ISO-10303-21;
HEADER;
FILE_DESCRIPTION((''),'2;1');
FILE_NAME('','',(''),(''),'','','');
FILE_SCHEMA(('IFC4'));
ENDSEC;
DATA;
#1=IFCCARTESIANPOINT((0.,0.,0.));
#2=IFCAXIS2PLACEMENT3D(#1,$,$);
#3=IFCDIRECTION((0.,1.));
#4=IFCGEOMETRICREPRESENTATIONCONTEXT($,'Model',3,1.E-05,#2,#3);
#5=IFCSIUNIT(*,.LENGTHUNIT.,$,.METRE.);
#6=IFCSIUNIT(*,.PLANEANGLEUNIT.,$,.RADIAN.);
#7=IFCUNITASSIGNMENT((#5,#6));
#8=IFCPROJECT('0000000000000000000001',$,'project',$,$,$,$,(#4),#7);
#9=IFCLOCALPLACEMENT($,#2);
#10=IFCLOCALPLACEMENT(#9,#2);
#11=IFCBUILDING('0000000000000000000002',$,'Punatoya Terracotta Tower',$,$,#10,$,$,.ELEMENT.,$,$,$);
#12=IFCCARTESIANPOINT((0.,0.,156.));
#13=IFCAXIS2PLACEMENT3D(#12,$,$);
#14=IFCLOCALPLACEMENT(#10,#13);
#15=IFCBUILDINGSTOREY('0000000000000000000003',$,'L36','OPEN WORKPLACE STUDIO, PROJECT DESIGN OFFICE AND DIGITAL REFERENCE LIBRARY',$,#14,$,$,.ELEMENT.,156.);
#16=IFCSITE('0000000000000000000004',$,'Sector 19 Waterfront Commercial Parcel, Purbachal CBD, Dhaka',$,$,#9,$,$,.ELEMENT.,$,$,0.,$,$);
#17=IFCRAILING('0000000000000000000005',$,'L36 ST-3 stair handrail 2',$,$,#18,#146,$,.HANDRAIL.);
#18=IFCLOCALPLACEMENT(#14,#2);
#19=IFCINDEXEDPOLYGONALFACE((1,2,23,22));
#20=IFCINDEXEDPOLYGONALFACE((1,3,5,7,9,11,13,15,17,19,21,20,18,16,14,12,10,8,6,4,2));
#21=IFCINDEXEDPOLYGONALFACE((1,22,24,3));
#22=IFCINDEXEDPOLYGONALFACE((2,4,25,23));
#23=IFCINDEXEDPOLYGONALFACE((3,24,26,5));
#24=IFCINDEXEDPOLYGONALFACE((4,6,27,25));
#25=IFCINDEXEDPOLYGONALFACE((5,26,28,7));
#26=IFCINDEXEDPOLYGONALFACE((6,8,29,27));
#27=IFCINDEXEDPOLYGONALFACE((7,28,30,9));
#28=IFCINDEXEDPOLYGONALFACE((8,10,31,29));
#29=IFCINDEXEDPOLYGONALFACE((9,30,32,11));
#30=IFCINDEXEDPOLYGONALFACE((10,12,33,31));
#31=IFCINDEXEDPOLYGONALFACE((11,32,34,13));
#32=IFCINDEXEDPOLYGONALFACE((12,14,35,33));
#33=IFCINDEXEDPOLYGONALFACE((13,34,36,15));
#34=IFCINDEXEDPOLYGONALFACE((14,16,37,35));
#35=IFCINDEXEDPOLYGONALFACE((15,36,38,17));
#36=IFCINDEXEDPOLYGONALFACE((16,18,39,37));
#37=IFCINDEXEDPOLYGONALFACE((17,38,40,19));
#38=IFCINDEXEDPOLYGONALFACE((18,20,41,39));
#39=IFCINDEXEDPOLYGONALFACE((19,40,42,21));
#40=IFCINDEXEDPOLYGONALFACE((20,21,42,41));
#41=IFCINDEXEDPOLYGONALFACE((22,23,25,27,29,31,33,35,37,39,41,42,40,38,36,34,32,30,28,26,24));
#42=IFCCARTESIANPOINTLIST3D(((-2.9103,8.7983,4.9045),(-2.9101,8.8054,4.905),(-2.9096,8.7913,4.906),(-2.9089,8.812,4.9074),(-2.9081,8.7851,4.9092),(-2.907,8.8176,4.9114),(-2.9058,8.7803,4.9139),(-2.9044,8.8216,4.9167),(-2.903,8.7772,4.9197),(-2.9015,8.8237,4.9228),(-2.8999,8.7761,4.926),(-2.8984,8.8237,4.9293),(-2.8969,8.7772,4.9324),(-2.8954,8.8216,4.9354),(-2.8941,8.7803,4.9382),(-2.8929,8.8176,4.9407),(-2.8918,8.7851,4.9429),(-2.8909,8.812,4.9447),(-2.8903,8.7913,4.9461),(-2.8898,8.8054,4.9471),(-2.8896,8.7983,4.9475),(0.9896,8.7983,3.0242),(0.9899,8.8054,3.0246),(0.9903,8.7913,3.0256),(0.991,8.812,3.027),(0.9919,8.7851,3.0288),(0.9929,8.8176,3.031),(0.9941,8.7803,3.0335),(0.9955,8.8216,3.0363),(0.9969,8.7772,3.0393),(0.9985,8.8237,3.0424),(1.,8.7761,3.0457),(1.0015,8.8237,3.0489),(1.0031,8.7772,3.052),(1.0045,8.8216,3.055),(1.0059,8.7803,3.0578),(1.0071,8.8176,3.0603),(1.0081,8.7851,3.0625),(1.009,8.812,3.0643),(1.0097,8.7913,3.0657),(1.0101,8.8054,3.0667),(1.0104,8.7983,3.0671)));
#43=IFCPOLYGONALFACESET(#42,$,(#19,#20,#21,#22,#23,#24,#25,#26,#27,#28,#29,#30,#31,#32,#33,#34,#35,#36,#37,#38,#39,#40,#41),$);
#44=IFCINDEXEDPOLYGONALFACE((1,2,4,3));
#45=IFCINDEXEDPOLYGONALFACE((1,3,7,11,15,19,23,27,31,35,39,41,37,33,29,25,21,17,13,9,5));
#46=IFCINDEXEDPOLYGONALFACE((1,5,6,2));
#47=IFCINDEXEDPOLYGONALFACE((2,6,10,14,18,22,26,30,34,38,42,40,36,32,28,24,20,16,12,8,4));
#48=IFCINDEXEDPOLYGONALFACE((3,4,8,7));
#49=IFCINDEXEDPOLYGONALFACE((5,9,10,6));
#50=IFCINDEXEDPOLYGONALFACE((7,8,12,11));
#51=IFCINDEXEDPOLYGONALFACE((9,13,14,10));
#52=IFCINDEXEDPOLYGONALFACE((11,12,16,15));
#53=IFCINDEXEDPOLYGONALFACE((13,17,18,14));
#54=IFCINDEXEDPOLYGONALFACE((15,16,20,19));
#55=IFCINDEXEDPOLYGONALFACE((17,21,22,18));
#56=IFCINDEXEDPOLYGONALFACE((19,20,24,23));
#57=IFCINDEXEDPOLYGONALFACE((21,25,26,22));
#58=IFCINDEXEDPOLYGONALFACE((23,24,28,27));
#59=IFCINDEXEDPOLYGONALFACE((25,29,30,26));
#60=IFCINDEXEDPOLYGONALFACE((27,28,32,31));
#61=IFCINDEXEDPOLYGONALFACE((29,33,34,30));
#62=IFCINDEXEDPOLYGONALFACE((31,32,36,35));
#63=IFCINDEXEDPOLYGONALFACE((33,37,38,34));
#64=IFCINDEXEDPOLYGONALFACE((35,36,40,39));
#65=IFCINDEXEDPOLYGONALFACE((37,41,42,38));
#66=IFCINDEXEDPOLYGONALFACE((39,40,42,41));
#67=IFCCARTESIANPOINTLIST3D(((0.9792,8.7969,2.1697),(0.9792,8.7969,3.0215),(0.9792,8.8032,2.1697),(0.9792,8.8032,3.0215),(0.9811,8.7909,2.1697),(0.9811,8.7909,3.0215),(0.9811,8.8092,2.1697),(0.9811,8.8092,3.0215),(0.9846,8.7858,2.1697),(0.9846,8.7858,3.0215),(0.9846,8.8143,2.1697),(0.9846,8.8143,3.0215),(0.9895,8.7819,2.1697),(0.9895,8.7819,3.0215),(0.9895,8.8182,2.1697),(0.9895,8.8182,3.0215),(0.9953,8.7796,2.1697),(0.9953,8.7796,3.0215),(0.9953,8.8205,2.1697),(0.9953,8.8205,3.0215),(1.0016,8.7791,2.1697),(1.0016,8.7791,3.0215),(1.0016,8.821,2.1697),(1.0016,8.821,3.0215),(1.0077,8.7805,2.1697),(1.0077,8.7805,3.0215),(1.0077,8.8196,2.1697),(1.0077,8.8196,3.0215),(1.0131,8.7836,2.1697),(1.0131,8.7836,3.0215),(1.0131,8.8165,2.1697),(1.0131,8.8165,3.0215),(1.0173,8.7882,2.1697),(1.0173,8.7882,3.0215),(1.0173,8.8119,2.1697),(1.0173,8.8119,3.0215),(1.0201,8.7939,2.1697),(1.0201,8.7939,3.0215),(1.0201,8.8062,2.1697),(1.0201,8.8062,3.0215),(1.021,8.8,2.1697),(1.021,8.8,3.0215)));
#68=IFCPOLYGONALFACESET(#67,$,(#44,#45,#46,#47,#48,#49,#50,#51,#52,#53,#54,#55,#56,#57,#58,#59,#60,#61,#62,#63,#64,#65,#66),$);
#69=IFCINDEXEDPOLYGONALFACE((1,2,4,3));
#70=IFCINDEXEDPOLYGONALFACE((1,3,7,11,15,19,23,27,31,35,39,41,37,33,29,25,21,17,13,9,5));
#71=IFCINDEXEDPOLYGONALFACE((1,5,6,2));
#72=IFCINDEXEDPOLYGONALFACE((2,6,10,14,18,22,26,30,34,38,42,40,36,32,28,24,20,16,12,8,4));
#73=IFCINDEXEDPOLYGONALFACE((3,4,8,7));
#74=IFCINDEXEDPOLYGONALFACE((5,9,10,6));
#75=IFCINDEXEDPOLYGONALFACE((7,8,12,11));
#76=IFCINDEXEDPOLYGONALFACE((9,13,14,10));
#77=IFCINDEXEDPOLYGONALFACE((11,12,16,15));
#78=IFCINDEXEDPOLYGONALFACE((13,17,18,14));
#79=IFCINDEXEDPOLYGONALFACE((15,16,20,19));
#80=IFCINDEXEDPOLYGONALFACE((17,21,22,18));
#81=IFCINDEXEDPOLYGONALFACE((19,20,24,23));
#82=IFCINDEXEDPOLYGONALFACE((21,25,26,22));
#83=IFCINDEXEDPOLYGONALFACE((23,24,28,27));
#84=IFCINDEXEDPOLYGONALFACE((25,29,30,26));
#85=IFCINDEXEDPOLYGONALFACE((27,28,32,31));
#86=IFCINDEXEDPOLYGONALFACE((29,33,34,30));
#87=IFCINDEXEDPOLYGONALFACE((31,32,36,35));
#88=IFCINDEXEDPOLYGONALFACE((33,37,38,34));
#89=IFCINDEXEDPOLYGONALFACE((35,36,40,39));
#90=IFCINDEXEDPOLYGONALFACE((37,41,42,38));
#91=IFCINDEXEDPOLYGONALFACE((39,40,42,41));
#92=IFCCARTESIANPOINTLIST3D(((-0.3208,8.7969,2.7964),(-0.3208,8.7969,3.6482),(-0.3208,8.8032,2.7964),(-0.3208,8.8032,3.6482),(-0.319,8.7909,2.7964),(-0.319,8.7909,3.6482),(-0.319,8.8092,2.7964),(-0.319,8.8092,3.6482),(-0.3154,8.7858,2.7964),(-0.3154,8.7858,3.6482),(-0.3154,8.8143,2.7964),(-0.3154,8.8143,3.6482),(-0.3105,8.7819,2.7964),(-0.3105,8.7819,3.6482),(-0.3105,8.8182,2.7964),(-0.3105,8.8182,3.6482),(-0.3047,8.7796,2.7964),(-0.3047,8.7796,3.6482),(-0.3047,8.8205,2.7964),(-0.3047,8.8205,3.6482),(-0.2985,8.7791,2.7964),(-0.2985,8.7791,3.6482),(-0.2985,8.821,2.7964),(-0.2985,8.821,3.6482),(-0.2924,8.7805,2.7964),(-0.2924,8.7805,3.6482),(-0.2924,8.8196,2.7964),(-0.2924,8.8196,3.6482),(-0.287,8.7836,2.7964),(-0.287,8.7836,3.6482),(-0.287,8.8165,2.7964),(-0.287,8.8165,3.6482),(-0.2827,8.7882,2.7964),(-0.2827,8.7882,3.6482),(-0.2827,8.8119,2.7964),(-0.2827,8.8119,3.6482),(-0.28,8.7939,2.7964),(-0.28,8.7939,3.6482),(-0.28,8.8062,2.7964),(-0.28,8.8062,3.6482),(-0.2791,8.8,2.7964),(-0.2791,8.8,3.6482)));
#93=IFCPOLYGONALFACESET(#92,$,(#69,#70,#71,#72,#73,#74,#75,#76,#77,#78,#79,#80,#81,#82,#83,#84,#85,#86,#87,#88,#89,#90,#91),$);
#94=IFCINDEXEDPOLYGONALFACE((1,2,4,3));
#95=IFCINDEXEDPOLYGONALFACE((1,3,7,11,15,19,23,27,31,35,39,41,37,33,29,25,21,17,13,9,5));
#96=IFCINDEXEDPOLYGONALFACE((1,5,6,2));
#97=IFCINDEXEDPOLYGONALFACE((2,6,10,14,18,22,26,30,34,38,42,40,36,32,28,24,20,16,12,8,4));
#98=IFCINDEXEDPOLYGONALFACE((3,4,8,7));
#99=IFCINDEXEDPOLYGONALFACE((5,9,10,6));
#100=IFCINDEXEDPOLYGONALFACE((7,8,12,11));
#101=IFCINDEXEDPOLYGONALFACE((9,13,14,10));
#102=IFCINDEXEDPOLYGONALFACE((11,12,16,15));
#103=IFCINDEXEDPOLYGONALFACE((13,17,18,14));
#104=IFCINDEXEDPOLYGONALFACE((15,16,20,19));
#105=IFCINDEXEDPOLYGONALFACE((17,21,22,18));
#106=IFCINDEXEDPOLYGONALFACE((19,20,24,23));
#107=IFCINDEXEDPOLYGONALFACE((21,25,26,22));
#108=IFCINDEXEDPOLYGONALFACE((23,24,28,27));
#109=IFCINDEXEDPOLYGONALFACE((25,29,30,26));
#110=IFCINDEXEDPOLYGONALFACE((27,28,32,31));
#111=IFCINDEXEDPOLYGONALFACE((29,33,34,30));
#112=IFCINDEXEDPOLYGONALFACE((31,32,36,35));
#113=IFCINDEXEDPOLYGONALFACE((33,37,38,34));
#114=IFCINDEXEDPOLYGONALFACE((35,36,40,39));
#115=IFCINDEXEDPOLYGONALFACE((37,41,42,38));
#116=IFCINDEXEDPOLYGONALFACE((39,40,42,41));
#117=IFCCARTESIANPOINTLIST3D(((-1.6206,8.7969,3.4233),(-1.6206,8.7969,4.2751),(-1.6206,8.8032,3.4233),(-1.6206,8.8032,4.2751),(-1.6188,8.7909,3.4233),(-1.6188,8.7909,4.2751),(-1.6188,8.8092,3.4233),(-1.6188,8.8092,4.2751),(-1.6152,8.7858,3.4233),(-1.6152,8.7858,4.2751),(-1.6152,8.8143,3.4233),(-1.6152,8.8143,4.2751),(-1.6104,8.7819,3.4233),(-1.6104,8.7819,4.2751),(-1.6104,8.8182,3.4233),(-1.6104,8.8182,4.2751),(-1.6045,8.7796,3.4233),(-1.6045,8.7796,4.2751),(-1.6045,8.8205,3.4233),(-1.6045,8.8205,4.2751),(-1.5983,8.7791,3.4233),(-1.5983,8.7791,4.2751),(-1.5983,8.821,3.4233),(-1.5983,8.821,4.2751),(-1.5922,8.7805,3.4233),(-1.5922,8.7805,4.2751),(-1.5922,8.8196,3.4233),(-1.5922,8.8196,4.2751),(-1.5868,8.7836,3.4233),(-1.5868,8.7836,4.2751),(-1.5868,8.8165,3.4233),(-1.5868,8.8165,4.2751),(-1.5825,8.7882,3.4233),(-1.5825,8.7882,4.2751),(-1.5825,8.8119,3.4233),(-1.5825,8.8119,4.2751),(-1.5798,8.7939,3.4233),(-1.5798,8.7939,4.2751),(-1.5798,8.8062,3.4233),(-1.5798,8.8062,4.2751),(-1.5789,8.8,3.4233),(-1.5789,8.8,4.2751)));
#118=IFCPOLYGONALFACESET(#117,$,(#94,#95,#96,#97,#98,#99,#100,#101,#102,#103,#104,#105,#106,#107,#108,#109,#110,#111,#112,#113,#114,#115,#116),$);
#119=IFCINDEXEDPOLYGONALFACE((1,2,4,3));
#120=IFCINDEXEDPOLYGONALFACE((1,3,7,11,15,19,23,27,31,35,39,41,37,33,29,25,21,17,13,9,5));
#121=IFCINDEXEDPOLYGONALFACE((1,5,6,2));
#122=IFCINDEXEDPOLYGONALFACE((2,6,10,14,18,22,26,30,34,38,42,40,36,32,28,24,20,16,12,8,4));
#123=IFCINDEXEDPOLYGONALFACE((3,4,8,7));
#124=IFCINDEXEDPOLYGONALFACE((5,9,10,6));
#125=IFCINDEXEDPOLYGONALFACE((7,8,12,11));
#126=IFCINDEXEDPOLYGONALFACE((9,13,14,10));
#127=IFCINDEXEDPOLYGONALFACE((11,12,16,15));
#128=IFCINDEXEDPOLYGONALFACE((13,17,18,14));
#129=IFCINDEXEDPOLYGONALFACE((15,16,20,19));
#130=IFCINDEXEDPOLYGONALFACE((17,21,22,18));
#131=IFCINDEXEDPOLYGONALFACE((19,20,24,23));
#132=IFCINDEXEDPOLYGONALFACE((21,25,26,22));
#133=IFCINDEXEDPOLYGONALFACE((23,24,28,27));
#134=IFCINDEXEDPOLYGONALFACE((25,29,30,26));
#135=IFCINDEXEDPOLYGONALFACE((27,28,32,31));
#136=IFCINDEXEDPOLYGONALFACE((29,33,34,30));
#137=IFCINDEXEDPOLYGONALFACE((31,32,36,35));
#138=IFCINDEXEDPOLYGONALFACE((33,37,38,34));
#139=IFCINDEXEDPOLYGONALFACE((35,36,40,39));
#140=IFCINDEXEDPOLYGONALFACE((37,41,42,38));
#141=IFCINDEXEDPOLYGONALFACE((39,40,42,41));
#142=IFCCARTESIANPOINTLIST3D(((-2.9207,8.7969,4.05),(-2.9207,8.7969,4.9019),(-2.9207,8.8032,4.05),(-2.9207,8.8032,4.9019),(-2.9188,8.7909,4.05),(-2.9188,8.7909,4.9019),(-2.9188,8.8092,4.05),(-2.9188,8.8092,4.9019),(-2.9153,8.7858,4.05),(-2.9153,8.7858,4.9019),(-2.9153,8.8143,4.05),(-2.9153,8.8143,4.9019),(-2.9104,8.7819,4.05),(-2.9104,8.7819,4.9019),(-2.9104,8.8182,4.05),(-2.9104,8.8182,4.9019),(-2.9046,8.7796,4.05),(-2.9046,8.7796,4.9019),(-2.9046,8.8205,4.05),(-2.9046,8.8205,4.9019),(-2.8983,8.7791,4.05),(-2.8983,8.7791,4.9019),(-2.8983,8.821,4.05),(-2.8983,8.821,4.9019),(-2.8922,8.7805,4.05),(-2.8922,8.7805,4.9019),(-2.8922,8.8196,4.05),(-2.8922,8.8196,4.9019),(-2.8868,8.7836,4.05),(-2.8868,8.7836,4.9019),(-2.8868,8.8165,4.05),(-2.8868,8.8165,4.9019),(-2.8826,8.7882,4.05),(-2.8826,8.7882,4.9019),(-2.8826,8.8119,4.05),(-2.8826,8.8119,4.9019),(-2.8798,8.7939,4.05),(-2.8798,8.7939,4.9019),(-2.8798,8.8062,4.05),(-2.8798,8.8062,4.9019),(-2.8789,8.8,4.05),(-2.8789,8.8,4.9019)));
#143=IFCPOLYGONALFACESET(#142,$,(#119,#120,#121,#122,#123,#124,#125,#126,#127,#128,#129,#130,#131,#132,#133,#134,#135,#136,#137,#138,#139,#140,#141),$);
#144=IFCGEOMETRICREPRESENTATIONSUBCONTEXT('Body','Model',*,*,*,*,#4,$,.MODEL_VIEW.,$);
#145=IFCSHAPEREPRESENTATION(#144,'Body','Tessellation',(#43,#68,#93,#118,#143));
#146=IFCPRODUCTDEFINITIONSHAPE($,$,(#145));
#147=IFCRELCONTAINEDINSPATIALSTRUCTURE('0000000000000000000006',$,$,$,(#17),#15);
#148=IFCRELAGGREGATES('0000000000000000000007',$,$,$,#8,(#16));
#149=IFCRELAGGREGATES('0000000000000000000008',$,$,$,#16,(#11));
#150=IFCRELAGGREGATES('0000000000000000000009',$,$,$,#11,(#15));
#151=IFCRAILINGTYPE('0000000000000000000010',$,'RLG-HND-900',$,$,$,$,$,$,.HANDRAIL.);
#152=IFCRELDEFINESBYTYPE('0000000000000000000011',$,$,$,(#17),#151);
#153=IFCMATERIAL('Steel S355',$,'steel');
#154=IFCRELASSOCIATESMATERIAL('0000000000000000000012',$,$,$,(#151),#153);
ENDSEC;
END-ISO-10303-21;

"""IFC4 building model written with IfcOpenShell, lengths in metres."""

from ifc_helpers import new_model, si_unit, direction, frame, origin, origin_2d, place, context, subcontext, project, spatial, circle, extrude, material, type_object, element, save


model = new_model("IFC4")

# Units and contexts
model_context = context("Model", 3, precision=1e-05, world=origin(), true_north=direction((0.0, 1.0)))
body_context = subcontext(model_context, "Body", "Model", "MODEL_VIEW")
ifc_project = project(units=[si_unit("LENGTHUNIT", "METRE"), si_unit("PLANEANGLEUNIT", "RADIAN")], contexts=[model_context])

# Site, building, storey
site_placement = place(None, origin())
site = spatial("IfcSite", under=ifc_project, at=site_placement, Name="Sector 19 Waterfront Commercial Parcel, Purbachal CBD, Dhaka", CompositionType="ELEMENT", RefElevation=0.0)
building_placement = place(site_placement, origin())
building = spatial("IfcBuilding", under=site, at=building_placement, Name="Punatoya Terracotta Tower", CompositionType="ELEMENT")
storey_placement = place(building_placement, frame((0.0, 0.0, 156.0)))
storey = spatial("IfcBuildingStorey", under=building, at=storey_placement, Name="L36", Description="OPEN WORKPLACE STUDIO, PROJECT DESIGN OFFICE AND DIGITAL REFERENCE LIBRARY", CompositionType="ELEMENT", Elevation=156.0)

# Shared definitions
ifc_material_1 = material(Name="Steel S355", Category="steel")

# Railing
railing_type_1 = type_object("IfcRailingType", Name="RLG-HND-900", PredefinedType="HANDRAIL", material=ifc_material_1)
railing_1_placement = place(storey_placement, frame((1.0, 8.8, 2.1697)))
element("IfcRailing", 1, at=railing_1_placement, inside=storey, type_object=railing_type_1, Name="L36 ST-3 stair handrail 2", PredefinedType="HANDRAIL", context=body_context, shape_type="SweptSolid", body=[
    extrude(circle(Radius=0.0239, at=origin_2d()), frame((0.0, 0.0, 0.876), z_axis=(-0.900763, 0.0, 0.434311), x_axis=(0.0, -1.0, 0.0)), (0.0, 0.0, 1.0), 4.3296),
    extrude(circle(Radius=0.021, at=origin_2d()), origin(), (0.0, 0.0, 1.0), 0.8518),
    extrude(circle(Radius=0.021, at=origin_2d()), frame((-1.3, 0.0, 0.6267)), (0.0, 0.0, 1.0), 0.8518),
    extrude(circle(Radius=0.021, at=origin_2d()), frame((-2.5999, 0.0, 1.2537)), (0.0, 0.0, 1.0), 0.8518),
    extrude(circle(Radius=0.021, at=origin_2d()), frame((-3.8999, 0.0, 1.8804)), (0.0, 0.0, 1.0), 0.8518),
])

save(model, "model.ifc")
